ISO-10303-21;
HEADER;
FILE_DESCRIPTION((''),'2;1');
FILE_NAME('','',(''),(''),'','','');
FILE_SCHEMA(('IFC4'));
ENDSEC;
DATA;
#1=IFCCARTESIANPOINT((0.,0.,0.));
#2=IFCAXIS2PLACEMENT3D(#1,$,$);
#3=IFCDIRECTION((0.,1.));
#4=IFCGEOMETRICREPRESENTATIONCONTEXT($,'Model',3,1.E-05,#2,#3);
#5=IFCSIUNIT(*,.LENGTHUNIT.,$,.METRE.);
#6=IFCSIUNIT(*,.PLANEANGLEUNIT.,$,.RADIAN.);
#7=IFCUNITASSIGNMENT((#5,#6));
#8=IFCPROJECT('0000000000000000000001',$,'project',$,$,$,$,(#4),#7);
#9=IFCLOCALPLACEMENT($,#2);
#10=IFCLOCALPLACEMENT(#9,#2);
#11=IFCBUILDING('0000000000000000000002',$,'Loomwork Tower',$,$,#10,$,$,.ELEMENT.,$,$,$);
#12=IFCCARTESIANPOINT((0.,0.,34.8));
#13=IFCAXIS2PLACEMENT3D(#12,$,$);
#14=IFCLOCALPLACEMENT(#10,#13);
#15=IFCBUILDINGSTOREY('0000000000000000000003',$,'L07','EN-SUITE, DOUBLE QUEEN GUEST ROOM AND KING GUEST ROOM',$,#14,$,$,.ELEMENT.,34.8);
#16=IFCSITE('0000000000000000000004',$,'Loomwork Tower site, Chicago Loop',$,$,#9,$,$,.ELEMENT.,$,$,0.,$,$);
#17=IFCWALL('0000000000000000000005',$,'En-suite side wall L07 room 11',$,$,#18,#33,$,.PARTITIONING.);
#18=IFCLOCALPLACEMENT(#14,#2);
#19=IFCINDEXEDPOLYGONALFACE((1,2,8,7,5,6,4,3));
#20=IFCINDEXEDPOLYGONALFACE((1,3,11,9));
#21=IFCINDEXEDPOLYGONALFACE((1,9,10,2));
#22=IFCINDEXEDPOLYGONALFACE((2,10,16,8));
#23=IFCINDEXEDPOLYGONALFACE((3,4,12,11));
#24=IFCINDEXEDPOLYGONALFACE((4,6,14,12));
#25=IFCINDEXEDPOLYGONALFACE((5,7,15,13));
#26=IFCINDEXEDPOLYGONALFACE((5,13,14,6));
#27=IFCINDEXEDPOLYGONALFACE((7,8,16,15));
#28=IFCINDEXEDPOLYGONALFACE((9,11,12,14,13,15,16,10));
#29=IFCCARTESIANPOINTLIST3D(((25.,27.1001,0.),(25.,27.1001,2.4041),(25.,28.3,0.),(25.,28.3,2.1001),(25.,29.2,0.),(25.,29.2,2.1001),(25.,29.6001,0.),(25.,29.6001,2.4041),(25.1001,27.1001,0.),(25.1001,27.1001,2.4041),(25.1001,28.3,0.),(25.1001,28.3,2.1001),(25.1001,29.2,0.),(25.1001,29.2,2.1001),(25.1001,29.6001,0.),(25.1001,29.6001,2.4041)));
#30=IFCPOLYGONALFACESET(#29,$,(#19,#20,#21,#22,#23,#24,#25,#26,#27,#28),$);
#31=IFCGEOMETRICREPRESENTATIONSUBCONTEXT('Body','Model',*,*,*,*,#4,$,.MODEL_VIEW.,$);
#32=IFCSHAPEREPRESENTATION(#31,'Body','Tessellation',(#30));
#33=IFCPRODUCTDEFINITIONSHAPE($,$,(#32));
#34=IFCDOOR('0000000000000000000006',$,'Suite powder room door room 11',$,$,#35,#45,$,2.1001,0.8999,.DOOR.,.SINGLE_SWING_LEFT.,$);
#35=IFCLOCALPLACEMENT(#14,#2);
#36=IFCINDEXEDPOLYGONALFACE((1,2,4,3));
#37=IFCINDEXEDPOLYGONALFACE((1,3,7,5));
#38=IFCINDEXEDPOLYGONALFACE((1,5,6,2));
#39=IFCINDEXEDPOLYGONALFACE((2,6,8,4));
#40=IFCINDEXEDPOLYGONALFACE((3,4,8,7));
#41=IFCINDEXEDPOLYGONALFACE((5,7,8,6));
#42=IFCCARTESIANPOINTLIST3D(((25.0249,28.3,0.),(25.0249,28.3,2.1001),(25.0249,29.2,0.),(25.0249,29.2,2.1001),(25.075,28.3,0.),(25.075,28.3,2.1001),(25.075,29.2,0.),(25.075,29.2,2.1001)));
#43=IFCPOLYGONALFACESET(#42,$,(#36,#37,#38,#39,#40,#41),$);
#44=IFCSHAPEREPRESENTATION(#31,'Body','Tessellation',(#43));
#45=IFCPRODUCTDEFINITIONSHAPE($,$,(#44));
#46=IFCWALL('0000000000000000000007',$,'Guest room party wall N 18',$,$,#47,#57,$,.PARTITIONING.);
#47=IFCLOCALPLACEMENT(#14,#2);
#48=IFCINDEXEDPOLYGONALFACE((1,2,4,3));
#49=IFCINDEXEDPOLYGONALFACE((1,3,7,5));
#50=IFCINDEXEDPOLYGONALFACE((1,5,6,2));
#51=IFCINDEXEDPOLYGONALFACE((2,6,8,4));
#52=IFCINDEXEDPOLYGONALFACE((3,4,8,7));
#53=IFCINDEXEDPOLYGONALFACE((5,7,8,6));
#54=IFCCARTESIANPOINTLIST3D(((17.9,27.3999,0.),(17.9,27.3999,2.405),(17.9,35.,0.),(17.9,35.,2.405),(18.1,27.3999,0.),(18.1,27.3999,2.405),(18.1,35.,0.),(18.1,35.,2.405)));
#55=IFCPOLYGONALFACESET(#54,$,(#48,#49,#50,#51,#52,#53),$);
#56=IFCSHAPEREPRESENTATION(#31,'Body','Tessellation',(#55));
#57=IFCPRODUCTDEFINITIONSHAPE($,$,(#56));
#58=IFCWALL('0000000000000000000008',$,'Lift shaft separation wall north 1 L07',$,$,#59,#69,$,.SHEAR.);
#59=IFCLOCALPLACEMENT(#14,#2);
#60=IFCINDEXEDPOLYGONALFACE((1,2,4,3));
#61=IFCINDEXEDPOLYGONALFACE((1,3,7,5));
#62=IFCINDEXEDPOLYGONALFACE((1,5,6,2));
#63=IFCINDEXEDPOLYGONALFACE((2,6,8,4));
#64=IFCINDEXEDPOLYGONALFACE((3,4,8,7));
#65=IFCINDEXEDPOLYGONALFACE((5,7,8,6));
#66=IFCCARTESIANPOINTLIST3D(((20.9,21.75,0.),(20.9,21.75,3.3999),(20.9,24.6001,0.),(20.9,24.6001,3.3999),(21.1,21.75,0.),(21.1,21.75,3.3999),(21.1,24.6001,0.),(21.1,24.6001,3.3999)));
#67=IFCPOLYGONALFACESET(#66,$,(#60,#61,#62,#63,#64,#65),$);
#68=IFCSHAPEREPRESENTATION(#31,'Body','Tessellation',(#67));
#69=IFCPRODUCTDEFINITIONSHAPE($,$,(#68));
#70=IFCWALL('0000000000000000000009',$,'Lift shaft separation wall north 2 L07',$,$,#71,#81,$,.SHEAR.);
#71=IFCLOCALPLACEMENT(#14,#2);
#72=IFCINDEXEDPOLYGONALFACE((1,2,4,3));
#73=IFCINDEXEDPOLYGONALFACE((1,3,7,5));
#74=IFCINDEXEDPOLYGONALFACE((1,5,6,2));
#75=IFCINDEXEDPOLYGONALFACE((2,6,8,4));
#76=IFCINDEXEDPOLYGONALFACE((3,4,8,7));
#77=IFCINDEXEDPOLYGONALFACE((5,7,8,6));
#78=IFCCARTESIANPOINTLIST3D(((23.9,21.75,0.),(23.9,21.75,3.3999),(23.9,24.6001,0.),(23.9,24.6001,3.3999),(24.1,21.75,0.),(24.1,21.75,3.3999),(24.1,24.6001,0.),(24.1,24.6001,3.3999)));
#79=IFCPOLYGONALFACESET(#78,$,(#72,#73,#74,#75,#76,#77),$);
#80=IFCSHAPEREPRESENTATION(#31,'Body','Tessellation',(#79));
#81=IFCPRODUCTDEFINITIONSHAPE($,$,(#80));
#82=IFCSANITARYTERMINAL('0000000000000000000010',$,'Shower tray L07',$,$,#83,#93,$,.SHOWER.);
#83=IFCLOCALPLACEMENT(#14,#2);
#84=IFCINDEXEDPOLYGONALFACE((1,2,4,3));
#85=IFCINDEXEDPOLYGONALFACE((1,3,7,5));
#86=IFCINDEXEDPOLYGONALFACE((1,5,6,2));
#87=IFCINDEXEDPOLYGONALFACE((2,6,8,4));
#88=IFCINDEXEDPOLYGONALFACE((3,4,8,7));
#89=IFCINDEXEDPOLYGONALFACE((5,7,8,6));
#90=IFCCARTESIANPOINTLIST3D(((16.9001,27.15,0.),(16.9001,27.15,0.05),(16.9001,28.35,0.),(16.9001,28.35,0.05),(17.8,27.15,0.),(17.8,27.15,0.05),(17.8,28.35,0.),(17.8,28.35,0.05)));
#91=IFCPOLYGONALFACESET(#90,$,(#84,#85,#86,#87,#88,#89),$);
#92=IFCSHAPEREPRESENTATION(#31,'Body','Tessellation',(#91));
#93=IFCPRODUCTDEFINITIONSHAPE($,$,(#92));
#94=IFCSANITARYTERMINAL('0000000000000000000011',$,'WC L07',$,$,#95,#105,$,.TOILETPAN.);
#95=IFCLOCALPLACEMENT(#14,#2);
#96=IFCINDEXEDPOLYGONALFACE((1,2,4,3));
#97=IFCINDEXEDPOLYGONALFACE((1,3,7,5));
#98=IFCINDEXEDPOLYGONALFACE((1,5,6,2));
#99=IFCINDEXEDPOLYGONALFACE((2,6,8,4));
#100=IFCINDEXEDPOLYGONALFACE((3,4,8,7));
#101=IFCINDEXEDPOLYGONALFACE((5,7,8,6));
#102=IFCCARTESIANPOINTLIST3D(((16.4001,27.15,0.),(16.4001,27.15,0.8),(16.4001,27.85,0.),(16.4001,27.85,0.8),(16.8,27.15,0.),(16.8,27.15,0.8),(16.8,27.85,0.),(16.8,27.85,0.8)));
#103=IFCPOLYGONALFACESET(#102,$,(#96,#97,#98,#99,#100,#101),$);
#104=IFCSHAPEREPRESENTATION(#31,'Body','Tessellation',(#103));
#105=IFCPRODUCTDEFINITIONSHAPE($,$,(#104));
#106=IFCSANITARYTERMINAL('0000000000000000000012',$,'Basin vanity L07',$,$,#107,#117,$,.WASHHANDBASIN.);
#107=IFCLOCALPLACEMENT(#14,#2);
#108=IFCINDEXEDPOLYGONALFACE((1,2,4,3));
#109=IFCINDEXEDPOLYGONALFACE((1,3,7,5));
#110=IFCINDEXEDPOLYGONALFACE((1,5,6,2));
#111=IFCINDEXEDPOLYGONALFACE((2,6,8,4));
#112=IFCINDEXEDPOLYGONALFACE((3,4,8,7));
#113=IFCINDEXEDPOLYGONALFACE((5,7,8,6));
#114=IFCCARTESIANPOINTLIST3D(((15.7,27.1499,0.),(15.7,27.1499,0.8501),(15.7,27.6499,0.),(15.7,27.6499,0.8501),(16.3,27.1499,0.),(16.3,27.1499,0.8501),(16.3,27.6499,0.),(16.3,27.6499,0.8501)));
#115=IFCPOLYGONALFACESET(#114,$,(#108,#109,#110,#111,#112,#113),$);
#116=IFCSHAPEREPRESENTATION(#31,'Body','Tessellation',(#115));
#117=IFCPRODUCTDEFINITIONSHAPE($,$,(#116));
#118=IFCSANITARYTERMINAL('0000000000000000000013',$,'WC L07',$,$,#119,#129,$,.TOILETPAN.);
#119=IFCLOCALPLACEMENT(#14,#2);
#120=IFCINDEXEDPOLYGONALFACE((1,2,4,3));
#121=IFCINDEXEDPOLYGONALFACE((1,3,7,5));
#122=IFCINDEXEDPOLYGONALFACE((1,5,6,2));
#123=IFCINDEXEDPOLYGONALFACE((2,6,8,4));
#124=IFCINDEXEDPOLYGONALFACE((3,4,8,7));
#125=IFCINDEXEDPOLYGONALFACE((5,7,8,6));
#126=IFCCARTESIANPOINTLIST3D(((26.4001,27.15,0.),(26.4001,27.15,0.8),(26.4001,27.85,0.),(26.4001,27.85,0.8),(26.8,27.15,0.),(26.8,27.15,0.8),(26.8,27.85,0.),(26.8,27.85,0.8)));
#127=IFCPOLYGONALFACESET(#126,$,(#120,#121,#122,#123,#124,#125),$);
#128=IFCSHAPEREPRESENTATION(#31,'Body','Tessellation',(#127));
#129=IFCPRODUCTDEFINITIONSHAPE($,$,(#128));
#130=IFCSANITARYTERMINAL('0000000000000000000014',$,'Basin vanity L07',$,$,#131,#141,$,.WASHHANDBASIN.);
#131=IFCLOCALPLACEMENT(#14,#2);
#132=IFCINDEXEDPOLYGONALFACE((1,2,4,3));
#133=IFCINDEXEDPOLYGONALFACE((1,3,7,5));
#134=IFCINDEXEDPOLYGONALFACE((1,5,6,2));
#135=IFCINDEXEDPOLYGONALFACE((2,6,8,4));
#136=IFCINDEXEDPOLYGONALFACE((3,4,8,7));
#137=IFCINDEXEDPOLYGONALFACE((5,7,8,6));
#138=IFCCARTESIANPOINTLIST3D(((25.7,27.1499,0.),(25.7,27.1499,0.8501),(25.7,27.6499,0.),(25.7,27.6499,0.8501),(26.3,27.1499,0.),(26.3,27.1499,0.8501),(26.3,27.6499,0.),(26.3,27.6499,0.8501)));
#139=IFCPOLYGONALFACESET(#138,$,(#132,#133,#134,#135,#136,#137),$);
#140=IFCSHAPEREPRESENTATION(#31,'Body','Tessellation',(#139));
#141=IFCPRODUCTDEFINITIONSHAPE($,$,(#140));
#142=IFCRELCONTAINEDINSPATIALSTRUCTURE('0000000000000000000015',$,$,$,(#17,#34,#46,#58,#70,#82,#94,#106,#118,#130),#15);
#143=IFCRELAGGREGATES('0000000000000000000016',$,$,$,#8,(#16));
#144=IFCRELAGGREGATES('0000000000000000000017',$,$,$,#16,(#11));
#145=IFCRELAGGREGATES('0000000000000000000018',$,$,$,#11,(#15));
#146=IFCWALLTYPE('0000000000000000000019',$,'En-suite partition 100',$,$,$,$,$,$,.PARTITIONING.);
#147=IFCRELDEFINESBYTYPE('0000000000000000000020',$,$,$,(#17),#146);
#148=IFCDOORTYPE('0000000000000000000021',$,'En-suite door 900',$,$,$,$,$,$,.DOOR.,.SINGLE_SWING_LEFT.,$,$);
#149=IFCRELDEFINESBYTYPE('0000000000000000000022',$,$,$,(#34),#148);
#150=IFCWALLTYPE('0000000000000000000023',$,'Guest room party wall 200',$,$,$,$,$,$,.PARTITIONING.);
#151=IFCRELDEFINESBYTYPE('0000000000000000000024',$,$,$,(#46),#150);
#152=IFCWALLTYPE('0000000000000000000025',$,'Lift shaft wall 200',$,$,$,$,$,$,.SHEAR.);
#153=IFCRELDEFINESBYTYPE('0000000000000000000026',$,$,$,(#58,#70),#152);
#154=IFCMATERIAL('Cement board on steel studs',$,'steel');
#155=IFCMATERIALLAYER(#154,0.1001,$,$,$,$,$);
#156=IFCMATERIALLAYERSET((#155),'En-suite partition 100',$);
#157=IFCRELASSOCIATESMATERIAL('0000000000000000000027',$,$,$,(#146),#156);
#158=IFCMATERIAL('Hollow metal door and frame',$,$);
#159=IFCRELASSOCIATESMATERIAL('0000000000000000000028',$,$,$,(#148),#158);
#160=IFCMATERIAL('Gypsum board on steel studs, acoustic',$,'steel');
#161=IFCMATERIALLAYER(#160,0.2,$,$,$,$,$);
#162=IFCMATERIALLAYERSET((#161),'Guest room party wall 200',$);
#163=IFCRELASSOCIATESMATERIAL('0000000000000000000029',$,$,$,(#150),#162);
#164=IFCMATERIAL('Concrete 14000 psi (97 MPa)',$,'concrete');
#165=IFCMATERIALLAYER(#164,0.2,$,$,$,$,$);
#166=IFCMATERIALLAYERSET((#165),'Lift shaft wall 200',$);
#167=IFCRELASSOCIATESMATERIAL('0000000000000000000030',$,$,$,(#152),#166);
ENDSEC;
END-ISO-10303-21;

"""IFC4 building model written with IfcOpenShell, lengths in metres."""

from ifc_helpers import new_model, si_unit, direction, frame, frame_2d, origin, origin_2d, place, context, subcontext, project, spatial, rectangle, extrude, material, layer, layer_set, type_object, element, fill, save


model = new_model("IFC4")

# Units and contexts
model_context = context("Model", 3, precision=1e-05, world=origin(), true_north=direction((0.0, 1.0)))
body_context = subcontext(model_context, "Body", "Model", "MODEL_VIEW")
ifc_project = project(units=[si_unit("LENGTHUNIT", "METRE"), si_unit("PLANEANGLEUNIT", "RADIAN")], contexts=[model_context])

# Site, building, storey
site_placement = place(None, origin())
site = spatial("IfcSite", under=ifc_project, at=site_placement, Name="Loomwork Tower site, Chicago Loop", CompositionType="ELEMENT", RefElevation=0.0)
building_placement = place(site_placement, origin())
building = spatial("IfcBuilding", under=site, at=building_placement, Name="Loomwork Tower", CompositionType="ELEMENT")
storey_placement = place(building_placement, frame((0.0, 0.0, 34.8)))
storey = spatial("IfcBuildingStorey", under=building, at=storey_placement, Name="L07", Description="EN-SUITE, DOUBLE QUEEN GUEST ROOM AND KING GUEST ROOM", CompositionType="ELEMENT", Elevation=34.8)

# Shared definitions
ifc_material_1 = material(Name="Cement board on steel studs", Category="steel")
ifc_layer_1 = layer(ifc_material_1, 0.1001)
ifc_layer_set_1 = layer_set([ifc_layer_1], Name="En-suite partition 100")
wall_type_1 = type_object("IfcWallType", Name="En-suite partition 100", PredefinedType="PARTITIONING", material=ifc_layer_set_1)

# Wall, opening, door
wall_1_placement = place(storey_placement, frame((25.05, 27.1001, 0.0), z_axis=(0.0, 0.0, 1.0), x_axis=(0.0, 1.0, 0.0)))
wall_1 = element("IfcWall", 1, at=wall_1_placement, inside=storey, type_object=wall_type_1, Name="En-suite side wall L07 room 11", PredefinedType="PARTITIONING", context=body_context, shape_type="SweptSolid", body=[
    extrude(rectangle(XDim=2.5, YDim=0.1001, at=frame_2d((1.25, 0.0))), origin(), (0.0, 0.0, 1.0), 2.4041),
])
opening_1_placement = place(wall_1_placement, frame((1.2, 0.0, 0.0)))
opening_1 = element("IfcOpeningElement", 2, at=opening_1_placement, cuts=wall_1, PredefinedType="OPENING", context=body_context, shape_type="SweptSolid", body=[
    extrude(rectangle(XDim=0.8999, YDim=2.1001, at=frame_2d((0.45, 1.05))), frame((0.0, 0.0601, 0.0), z_axis=(0.0, -1.0, 0.0), x_axis=(1.0, 0.0, 0.0)), (0.0, 0.0, 1.0), 0.1201),
])
ifc_material_2 = material(Name="Hollow metal door and frame")
door_type_1 = type_object("IfcDoorType", Name="En-suite door 900", OperationType="SINGLE_SWING_LEFT", PredefinedType="DOOR", material=ifc_material_2)
door_1_placement = place(opening_1_placement, frame((0.8999, 0.0, 0.0), z_axis=(0.0, 0.0, 1.0), x_axis=(-1.0, 0.0, 0.0)))
door_1 = element("IfcDoor", 3, at=door_1_placement, inside=storey, type_object=door_type_1, Name="Suite powder room door room 11", OperationType="SINGLE_SWING_LEFT", OverallHeight=2.1001, OverallWidth=0.8999, PredefinedType="DOOR", context=body_context, shape_type="SweptSolid", body=[
    extrude(rectangle(XDim=0.8999, YDim=2.1001, at=frame_2d((0.45, 1.05))), frame((0.0, 0.0249, 0.0), z_axis=(0.0, -1.0, 0.0), x_axis=(1.0, 0.0, 0.0)), (0.0, 0.0, 1.0), 0.05),
])
fill(opening_1, door_1)

# Walls
ifc_material_3 = material(Name="Gypsum board on steel studs, acoustic", Category="steel")
ifc_layer_2 = layer(ifc_material_3, 0.2)
ifc_layer_set_2 = layer_set([ifc_layer_2], Name="Guest room party wall 200")
wall_type_2 = type_object("IfcWallType", Name="Guest room party wall 200", PredefinedType="PARTITIONING", material=ifc_layer_set_2)
wall_2_placement = place(storey_placement, frame((18.0, 27.3999, 0.0), z_axis=(0.0, 0.0, 1.0), x_axis=(0.0, 1.0, 0.0)))
element("IfcWall", 4, at=wall_2_placement, inside=storey, type_object=wall_type_2, Name="Guest room party wall N 18", PredefinedType="PARTITIONING", context=body_context, shape_type="SweptSolid", body=[
    extrude(rectangle(XDim=7.6001, YDim=0.2, at=frame_2d((3.8, 0.0))), origin(), (0.0, 0.0, 1.0), 2.405),
])
ifc_material_4 = material(Name="Concrete 14000 psi (97 MPa)", Category="concrete")
ifc_layer_3 = layer(ifc_material_4, 0.2)
ifc_layer_set_3 = layer_set([ifc_layer_3], Name="Lift shaft wall 200")
wall_type_3 = type_object("IfcWallType", Name="Lift shaft wall 200", PredefinedType="SHEAR", material=ifc_layer_set_3)
for number, where, z_axis, x_axis, name in (
    (5, (21.0, 21.75, 0.0), (0.0, 0.0, 1.0), (0.0, 1.0, 0.0), "Lift shaft separation wall north 1 L07"),
    (6, (24.0, 21.75, 0.0), (0.0, 0.0, 1.0), (0.0, 1.0, 0.0), "Lift shaft separation wall north 2 L07"),
):
    element("IfcWall", number, at=place(storey_placement, frame(where, z_axis=z_axis, x_axis=x_axis)), inside=storey, type_object=wall_type_3, Name=name, PredefinedType="SHEAR", context=body_context, shape_type="SweptSolid", body=[
        extrude(rectangle(XDim=2.8501, YDim=0.2, at=frame_2d((1.425, 0.0))), origin(), (0.0, 0.0, 1.0), 3.3999),
    ])

# Sanitary terminals
sanitary_terminal_1_placement = place(storey_placement, frame((17.3501, 27.75, 0.0), z_axis=(0.0, 0.0, 1.0), x_axis=(1.0, 0.0, 0.0)))
element("IfcSanitaryTerminal", 7, at=sanitary_terminal_1_placement, inside=storey, Name="Shower tray L07", PredefinedType="SHOWER", context=body_context, shape_type="SweptSolid", body=[
    extrude(rectangle(XDim=0.8999, YDim=1.2, at=origin_2d()), origin(), (0.0, 0.0, 1.0), 0.05),
])
sanitary_terminal_2_placement = place(storey_placement, frame((16.6001, 27.5, 0.0), z_axis=(0.0, 0.0, 1.0), x_axis=(1.0, 0.0, 0.0)))
element("IfcSanitaryTerminal", 8, at=sanitary_terminal_2_placement, inside=storey, Name="WC L07", PredefinedType="TOILETPAN", context=body_context, shape_type="SweptSolid", body=[
    extrude(rectangle(XDim=0.3999, YDim=0.7, at=origin_2d()), origin(), (0.0, 0.0, 1.0), 0.8),
])
sanitary_terminal_3_placement = place(storey_placement, frame((16.0, 27.3999, 0.0), z_axis=(0.0, 0.0, 1.0), x_axis=(1.0, 0.0, 0.0)))
element("IfcSanitaryTerminal", 9, at=sanitary_terminal_3_placement, inside=storey, Name="Basin vanity L07", PredefinedType="WASHHANDBASIN", context=body_context, shape_type="SweptSolid", body=[
    extrude(rectangle(XDim=0.6001, YDim=0.5, at=origin_2d()), origin(), (0.0, 0.0, 1.0), 0.8501),
])
sanitary_terminal_4_placement = place(storey_placement, frame((26.6001, 27.5, 0.0), z_axis=(0.0, 0.0, 1.0), x_axis=(1.0, 0.0, 0.0)))
element("IfcSanitaryTerminal", 10, at=sanitary_terminal_4_placement, inside=storey, Name="WC L07", PredefinedType="TOILETPAN", context=body_context, shape_type="SweptSolid", body=[
    extrude(rectangle(XDim=0.3999, YDim=0.7, at=origin_2d()), origin(), (0.0, 0.0, 1.0), 0.8),
])
sanitary_terminal_5_placement = place(storey_placement, frame((26.0, 27.3999, 0.0), z_axis=(0.0, 0.0, 1.0), x_axis=(1.0, 0.0, 0.0)))
element("IfcSanitaryTerminal", 11, at=sanitary_terminal_5_placement, inside=storey, Name="Basin vanity L07", PredefinedType="WASHHANDBASIN", context=body_context, shape_type="SweptSolid", body=[
    extrude(rectangle(XDim=0.6001, YDim=0.5, at=origin_2d()), origin(), (0.0, 0.0, 1.0), 0.8501),
])

save(model, "model.ifc")
